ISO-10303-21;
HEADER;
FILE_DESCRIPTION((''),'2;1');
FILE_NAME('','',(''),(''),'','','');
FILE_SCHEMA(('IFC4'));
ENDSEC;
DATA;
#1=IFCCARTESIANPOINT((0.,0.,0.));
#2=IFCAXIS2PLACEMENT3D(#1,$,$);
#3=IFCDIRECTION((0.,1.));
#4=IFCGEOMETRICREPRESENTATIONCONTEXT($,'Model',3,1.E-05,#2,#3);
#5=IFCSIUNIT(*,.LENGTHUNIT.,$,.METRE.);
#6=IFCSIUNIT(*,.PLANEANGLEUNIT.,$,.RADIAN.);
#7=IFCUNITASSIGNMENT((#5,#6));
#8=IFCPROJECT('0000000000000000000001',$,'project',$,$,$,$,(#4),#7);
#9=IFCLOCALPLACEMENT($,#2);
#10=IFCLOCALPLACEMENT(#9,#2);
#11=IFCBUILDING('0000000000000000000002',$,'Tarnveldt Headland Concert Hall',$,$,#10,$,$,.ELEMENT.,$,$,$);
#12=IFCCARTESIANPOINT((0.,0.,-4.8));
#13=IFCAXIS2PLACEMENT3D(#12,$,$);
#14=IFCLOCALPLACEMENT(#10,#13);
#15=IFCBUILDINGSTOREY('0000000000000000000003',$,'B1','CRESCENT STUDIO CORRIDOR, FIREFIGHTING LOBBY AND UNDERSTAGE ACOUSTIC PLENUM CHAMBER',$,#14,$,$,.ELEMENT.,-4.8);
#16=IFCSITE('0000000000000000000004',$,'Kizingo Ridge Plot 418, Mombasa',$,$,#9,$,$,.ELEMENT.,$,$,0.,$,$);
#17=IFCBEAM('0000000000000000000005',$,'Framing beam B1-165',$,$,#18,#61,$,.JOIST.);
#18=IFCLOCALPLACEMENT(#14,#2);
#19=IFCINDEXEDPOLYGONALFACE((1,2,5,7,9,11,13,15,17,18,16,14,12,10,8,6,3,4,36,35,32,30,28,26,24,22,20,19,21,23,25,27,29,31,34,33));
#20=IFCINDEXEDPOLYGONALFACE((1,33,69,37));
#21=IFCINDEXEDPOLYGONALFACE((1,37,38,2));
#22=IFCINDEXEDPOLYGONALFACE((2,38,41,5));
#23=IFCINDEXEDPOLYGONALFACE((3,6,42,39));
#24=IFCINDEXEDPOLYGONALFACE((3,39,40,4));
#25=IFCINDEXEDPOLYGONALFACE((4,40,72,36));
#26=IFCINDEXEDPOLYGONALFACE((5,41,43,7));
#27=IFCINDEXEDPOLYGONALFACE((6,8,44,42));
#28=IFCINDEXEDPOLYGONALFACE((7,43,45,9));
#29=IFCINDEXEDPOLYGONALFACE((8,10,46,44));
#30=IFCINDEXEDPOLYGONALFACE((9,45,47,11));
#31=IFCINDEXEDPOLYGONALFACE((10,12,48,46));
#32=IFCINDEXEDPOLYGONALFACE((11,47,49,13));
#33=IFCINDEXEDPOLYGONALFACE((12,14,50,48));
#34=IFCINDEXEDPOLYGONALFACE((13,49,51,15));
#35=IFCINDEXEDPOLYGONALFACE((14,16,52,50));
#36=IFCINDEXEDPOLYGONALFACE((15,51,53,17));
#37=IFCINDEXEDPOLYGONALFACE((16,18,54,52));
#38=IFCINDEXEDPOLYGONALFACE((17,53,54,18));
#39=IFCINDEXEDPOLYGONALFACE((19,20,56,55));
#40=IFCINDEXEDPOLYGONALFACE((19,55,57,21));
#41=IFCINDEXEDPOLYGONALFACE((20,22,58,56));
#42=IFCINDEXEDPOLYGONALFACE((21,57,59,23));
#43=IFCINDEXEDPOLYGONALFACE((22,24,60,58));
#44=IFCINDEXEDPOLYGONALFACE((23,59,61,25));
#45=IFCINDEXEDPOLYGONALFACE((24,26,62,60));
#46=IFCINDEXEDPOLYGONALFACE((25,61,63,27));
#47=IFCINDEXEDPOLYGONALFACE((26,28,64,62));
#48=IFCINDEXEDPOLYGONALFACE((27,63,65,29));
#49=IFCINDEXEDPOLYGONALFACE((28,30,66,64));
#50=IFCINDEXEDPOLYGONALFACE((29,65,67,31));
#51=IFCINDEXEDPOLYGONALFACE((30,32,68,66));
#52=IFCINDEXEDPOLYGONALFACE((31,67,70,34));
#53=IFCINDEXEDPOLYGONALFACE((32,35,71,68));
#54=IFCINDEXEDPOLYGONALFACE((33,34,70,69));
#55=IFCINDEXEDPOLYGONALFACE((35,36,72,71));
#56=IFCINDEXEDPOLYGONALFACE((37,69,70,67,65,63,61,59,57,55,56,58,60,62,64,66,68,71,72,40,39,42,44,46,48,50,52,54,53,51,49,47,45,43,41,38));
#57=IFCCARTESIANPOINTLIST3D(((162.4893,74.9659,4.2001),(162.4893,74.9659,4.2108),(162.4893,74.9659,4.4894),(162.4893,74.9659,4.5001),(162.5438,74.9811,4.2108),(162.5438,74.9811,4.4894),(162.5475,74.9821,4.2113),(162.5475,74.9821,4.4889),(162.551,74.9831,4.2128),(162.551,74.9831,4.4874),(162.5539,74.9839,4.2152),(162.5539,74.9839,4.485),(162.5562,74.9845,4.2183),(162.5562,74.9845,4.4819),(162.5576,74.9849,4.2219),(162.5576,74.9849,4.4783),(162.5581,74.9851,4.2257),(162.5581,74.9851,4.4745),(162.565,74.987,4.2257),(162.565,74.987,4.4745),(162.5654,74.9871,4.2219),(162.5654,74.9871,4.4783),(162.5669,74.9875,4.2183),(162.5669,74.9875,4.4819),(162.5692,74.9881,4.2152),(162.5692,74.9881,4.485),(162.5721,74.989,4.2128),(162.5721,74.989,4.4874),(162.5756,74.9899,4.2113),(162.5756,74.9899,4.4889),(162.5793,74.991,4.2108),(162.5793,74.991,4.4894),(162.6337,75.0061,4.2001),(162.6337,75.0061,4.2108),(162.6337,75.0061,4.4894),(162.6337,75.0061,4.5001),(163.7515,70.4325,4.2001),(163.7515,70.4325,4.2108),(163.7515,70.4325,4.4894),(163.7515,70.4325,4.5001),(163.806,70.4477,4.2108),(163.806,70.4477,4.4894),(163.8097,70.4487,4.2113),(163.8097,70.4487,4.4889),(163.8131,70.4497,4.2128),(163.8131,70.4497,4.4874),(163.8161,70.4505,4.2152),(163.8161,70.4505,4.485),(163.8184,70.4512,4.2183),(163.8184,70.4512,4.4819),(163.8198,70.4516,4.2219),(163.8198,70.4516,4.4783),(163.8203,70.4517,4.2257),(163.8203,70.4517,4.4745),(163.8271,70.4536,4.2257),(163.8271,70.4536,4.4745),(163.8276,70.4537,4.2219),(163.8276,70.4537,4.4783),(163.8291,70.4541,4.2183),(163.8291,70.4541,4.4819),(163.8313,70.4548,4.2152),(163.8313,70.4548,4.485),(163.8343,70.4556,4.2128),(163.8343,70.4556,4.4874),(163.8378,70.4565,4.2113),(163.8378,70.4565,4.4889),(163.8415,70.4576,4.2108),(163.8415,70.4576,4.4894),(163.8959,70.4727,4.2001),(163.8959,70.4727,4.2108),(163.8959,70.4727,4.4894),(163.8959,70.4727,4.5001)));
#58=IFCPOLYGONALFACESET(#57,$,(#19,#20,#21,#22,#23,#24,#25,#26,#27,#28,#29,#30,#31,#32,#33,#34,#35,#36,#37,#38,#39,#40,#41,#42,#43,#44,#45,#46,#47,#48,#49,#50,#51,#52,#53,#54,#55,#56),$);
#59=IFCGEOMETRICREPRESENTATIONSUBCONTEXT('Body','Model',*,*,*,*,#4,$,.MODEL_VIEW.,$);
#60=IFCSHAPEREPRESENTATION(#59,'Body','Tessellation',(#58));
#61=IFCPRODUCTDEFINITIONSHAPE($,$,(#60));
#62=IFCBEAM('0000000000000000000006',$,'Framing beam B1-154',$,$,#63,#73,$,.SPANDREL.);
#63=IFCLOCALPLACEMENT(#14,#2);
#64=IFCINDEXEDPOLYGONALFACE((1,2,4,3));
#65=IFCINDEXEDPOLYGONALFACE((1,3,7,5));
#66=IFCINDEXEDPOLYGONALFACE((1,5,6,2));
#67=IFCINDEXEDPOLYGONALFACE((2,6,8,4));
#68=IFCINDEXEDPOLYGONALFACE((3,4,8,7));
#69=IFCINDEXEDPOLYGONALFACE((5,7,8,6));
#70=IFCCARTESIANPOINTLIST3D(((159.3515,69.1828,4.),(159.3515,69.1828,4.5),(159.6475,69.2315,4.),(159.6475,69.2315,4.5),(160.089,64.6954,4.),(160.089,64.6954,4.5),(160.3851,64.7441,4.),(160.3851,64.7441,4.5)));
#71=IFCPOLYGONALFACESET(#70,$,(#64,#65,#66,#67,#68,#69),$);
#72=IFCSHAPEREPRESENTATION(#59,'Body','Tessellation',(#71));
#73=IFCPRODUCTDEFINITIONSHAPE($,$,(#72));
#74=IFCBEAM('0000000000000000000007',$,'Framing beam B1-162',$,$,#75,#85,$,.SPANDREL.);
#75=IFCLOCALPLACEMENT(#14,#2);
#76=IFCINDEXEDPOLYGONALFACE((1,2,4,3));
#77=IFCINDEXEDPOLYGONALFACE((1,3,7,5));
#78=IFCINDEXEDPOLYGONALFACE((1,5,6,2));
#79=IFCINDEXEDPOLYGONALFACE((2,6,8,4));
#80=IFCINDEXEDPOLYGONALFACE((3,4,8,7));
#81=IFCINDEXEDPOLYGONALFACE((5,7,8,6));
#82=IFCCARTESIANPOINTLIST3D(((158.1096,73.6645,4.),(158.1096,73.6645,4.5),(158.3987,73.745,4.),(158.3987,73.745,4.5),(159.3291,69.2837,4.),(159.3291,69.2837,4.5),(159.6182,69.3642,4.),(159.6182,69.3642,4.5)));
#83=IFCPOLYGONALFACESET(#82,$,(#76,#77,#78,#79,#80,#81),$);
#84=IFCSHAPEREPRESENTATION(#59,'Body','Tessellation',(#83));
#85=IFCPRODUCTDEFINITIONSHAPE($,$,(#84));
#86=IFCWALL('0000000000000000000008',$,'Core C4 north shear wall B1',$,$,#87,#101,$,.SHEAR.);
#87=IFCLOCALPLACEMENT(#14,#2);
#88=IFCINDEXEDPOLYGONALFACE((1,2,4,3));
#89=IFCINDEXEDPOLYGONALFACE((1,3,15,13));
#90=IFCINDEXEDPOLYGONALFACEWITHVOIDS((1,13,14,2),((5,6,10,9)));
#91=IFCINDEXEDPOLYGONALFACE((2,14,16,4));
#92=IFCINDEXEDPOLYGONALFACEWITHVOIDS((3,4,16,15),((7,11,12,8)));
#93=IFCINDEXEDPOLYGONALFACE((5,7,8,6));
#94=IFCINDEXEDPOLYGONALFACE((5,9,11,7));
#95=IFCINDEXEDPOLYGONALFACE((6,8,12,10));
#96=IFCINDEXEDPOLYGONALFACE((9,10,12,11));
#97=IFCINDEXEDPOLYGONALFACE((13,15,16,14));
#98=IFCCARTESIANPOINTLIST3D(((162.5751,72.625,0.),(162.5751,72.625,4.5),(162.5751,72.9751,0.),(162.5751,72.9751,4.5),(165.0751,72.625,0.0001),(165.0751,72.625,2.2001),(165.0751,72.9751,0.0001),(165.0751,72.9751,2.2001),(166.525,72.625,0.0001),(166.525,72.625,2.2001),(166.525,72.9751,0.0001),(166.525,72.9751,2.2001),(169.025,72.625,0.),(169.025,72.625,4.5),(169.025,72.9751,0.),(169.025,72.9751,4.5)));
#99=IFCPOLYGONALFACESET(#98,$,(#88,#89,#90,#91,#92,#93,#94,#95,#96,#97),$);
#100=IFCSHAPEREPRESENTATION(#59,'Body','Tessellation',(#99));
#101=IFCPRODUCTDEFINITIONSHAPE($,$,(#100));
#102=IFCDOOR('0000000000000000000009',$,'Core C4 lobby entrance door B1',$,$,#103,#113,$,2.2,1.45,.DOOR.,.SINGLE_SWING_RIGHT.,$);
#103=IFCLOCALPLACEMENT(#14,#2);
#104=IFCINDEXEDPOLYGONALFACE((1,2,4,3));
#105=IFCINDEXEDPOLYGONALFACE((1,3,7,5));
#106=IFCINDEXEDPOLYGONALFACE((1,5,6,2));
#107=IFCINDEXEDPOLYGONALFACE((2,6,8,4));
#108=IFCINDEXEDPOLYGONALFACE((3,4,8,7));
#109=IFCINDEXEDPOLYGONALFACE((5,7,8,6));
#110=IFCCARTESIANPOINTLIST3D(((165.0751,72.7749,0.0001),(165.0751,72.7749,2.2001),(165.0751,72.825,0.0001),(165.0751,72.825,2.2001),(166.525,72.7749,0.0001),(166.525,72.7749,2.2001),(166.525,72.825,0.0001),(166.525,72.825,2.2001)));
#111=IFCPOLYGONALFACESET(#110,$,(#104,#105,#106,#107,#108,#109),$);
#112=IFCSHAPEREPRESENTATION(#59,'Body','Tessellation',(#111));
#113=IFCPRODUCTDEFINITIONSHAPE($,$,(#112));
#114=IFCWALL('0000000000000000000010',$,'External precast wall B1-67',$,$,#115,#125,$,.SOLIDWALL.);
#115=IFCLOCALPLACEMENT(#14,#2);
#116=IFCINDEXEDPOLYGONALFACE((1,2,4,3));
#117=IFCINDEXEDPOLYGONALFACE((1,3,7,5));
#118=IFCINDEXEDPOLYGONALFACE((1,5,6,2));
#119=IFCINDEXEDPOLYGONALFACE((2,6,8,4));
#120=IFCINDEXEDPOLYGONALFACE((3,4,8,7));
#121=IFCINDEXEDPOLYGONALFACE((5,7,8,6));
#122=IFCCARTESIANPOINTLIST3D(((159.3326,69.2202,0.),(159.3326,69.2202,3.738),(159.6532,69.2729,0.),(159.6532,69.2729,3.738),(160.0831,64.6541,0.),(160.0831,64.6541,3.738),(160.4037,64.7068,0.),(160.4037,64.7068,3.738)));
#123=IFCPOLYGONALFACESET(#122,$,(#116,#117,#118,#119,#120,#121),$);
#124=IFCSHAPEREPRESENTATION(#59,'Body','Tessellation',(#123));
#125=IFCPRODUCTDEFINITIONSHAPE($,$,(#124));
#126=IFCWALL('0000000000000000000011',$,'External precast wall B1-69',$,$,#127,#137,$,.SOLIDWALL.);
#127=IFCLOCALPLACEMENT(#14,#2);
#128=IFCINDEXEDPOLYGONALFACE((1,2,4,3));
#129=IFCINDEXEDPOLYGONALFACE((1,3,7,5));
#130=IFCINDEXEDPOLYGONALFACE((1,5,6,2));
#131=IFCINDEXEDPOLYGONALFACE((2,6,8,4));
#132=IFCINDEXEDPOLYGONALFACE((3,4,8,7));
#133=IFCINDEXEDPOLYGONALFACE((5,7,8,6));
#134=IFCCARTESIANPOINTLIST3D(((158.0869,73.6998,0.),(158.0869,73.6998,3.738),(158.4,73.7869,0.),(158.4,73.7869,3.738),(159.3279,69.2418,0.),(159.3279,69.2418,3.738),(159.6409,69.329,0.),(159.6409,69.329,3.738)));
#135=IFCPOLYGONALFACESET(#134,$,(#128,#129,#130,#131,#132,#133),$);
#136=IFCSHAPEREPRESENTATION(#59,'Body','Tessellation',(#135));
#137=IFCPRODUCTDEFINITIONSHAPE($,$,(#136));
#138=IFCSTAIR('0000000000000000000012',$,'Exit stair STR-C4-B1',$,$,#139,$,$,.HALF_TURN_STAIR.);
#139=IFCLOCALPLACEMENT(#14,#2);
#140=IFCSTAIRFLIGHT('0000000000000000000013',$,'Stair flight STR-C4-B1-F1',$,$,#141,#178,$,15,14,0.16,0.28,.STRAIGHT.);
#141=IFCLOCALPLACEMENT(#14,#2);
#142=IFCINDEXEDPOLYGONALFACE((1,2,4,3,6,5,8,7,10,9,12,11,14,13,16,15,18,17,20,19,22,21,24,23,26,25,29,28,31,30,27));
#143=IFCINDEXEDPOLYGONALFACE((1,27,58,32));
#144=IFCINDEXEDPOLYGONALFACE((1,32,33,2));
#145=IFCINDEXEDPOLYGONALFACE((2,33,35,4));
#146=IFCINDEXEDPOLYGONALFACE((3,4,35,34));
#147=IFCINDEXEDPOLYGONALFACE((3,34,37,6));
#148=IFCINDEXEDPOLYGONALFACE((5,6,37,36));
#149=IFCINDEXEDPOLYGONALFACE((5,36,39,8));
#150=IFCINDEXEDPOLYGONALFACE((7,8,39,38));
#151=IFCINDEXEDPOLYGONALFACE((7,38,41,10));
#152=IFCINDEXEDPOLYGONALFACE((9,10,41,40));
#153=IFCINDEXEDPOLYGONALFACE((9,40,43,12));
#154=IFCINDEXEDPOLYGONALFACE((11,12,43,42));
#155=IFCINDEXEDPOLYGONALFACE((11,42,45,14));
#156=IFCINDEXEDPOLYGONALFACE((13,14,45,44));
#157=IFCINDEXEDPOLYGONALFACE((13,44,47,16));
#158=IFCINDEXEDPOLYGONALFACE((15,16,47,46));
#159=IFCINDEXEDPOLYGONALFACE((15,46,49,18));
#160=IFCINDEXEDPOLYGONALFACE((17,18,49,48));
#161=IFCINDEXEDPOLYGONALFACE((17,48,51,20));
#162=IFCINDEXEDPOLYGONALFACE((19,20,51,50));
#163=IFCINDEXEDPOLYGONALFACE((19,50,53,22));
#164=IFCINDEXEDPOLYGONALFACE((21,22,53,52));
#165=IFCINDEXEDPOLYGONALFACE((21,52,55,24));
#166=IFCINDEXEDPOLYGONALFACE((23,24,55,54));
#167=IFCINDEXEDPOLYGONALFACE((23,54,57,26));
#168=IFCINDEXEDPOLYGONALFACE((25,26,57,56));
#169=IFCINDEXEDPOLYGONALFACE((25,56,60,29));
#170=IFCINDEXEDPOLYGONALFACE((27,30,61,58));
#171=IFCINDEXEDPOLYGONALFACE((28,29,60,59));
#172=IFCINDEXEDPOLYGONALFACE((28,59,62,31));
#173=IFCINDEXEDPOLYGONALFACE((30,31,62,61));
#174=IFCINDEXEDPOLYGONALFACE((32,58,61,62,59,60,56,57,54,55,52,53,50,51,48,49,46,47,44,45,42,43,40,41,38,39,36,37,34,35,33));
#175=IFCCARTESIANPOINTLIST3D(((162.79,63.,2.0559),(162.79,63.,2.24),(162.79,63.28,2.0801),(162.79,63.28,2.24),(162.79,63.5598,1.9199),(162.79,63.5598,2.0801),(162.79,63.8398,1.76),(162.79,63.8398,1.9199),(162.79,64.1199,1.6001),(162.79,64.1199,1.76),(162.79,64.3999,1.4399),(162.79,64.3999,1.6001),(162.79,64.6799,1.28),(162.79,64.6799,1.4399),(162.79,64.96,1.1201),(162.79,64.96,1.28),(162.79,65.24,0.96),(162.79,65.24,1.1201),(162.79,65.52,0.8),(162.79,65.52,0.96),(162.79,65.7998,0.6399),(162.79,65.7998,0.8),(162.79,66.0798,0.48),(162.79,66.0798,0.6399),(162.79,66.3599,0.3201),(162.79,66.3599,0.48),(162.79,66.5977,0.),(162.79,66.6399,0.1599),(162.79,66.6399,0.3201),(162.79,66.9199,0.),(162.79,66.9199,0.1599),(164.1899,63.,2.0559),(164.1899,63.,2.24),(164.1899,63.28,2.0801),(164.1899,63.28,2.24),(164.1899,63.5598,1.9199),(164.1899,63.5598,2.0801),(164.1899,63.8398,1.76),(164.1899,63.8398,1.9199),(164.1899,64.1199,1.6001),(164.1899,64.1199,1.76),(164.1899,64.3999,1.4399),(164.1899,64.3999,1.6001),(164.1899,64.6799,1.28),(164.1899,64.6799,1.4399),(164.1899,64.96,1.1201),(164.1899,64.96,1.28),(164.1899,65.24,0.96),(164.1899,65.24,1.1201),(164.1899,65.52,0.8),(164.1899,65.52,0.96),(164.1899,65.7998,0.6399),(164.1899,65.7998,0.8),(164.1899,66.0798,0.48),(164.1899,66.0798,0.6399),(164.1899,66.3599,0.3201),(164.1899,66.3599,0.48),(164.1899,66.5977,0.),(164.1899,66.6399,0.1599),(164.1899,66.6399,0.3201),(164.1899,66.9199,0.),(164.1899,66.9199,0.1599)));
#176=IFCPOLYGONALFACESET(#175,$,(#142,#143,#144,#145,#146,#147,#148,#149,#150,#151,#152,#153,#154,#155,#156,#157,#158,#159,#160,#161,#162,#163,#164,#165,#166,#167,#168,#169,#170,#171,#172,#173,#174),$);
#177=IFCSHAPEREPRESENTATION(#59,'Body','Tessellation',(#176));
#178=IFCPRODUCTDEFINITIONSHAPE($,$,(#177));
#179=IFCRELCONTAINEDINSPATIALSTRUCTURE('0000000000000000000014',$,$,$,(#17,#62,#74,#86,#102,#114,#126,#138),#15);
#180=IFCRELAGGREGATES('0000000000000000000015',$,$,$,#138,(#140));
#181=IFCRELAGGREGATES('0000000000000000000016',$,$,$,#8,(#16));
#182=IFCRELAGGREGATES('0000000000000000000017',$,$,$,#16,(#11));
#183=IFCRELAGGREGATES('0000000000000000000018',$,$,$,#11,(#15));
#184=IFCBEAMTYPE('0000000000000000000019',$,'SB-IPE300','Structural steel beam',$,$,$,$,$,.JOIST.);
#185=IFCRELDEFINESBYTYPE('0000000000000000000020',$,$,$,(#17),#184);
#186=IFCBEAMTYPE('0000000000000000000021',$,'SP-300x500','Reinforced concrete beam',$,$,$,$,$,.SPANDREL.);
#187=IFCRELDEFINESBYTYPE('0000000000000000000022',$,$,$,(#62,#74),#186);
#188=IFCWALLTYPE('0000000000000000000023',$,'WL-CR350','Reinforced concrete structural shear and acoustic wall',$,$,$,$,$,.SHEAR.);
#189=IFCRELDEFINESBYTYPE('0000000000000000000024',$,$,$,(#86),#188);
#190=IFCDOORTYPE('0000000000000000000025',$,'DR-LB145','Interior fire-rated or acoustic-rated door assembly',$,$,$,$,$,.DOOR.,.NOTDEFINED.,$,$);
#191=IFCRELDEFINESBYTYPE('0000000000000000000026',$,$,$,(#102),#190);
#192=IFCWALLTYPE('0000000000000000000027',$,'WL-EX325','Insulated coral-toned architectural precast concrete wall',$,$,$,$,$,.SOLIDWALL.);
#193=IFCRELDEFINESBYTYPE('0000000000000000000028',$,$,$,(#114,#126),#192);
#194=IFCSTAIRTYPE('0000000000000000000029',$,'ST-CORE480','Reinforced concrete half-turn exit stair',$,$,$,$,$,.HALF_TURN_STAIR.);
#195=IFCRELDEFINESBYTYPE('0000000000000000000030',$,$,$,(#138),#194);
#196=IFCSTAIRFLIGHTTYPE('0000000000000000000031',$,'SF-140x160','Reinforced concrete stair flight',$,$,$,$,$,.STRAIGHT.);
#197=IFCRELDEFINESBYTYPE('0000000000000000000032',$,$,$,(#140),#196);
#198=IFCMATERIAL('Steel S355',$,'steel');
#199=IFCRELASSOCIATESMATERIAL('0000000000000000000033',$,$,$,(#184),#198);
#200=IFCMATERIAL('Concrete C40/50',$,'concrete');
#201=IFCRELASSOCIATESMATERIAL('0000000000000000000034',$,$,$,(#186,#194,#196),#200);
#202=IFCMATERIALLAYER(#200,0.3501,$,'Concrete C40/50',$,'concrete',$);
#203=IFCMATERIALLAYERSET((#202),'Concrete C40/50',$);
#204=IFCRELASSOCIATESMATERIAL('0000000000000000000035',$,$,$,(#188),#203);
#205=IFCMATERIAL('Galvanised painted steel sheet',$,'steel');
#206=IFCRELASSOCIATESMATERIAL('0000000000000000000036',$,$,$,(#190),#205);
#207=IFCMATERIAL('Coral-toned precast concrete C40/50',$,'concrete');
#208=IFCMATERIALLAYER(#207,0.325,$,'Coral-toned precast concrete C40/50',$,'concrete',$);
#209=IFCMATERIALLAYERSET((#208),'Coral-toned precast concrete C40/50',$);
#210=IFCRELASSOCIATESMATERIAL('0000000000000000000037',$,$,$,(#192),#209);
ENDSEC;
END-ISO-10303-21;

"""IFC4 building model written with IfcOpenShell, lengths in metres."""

from ifc_helpers import new_model, si_unit, direction, frame, frame_2d, origin, origin_2d, place, context, subcontext, project, spatial, polyline, rectangle, i_section, outline, extrude, material, layer, layer_set, material_profile, profile_set, type_object, element, fill, aggregate, save


model = new_model("IFC4")

# Units and contexts
model_context = context("Model", 3, precision=1e-05, world=origin(), true_north=direction((0.0, 1.0)))
body_context = subcontext(model_context, "Body", "Model", "MODEL_VIEW")
ifc_project = project(units=[si_unit("LENGTHUNIT", "METRE"), si_unit("PLANEANGLEUNIT", "RADIAN")], contexts=[model_context])

# Site, building, storey
site_placement = place(None, origin())
site = spatial("IfcSite", under=ifc_project, at=site_placement, Name="Kizingo Ridge Plot 418, Mombasa", CompositionType="ELEMENT", RefElevation=0.0)
building_placement = place(site_placement, origin())
building = spatial("IfcBuilding", under=site, at=building_placement, Name="Tarnveldt Headland Concert Hall", CompositionType="ELEMENT")
storey_placement = place(building_placement, frame((0.0, 0.0, -4.8)))
storey = spatial("IfcBuildingStorey", under=building, at=storey_placement, Name="B1", Description="CRESCENT STUDIO CORRIDOR, FIREFIGHTING LOBBY AND UNDERSTAGE ACOUSTIC PLENUM CHAMBER", CompositionType="ELEMENT", Elevation=-4.8)

# Shared definitions
ifc_material_1 = material(Name="Concrete C40/50", Category="concrete")

# Beams
ifc_material_2 = material(Name="Steel S355", Category="steel")
ifc_material_profile_1 = material_profile(ifc_material_2, i_section(OverallWidth=0.1499, OverallDepth=0.3, WebThickness=0.0071, FlangeThickness=0.0107, FilletRadius=0.0149, at=origin_2d()), Name="IPE300", Category="steel")
ifc_profile_set_1 = profile_set([ifc_material_profile_1], Name="Steel S355")
beam_type_1 = type_object("IfcBeamType", Name="SB-IPE300", Description="Structural steel beam", PredefinedType="JOIST", material=ifc_profile_set_1)
beam_1_placement = place(storey_placement, frame((163.8237, 70.4526, 4.3501), z_axis=(-0.268219, 0.963358, 0.0), x_axis=(-0.963358, -0.268219, 0.0)))
element("IfcBeam", 1, at=beam_1_placement, inside=storey, type_object=beam_type_1, Name="Framing beam B1-165", PredefinedType="JOIST", context=body_context, shape_type="SweptSolid", body=[
    extrude(i_section(OverallWidth=0.1499, OverallDepth=0.3, WebThickness=0.0071, FlangeThickness=0.0107, FilletRadius=0.0149, at=origin_2d()), origin(), (0.0, 0.0, 1.0), 4.7058),
])
ifc_material_profile_2 = material_profile(ifc_material_1, rectangle(XDim=0.3, YDim=0.5, at=origin_2d()), Name="RC SPANDREL 300x500", Category="concrete")
ifc_profile_set_2 = profile_set([ifc_material_profile_2], Name="Concrete C40/50")
beam_type_2 = type_object("IfcBeamType", Name="SP-300x500", Description="Reinforced concrete beam", PredefinedType="SPANDREL", material=ifc_profile_set_2)
beam_2_placement = place(storey_placement, frame((160.2371, 64.7197, 4.25), z_axis=(-0.162187, 0.98676, 0.0), x_axis=(-0.98676, -0.162187, 0.0)))
element("IfcBeam", 2, at=beam_2_placement, inside=storey, type_object=beam_type_2, Name="Framing beam B1-154", PredefinedType="SPANDREL", context=body_context, shape_type="SweptSolid", body=[
    extrude(rectangle(XDim=0.3, YDim=0.5, at=origin_2d()), origin(), (0.0, 0.0, 1.0), 4.5476),
])
beam_3_placement = place(storey_placement, frame((159.4736, 69.324, 4.25), z_axis=(-0.26817, 0.963372, 0.0), x_axis=(-0.963372, -0.26817, 0.0)))
element("IfcBeam", 3, at=beam_3_placement, inside=storey, type_object=beam_type_2, Name="Framing beam B1-162", PredefinedType="SPANDREL", context=body_context, shape_type="SweptSolid", body=[
    extrude(rectangle(XDim=0.3, YDim=0.5, at=origin_2d()), origin(), (0.0, 0.0, 1.0), 4.5474),
])

# Wall, opening, door
ifc_layer_1 = layer(ifc_material_1, 0.3501, Name="Concrete C40/50", Category="concrete")
ifc_layer_set_1 = layer_set([ifc_layer_1], Name="Concrete C40/50")
wall_type_1 = type_object("IfcWallType", Name="WL-CR350", Description="Reinforced concrete structural shear and acoustic wall", PredefinedType="SHEAR", material=ifc_layer_set_1)
wall_1_placement = place(storey_placement, frame((162.575, 72.8, 0.0), z_axis=(0.0, 0.0, 1.0), x_axis=(1.0, 0.0, 0.0)))
wall_1 = element("IfcWall", 4, at=wall_1_placement, inside=storey, type_object=wall_type_1, Name="Core C4 north shear wall B1", PredefinedType="SHEAR", context=body_context, shape_type="SweptSolid", body=[
    extrude(rectangle(XDim=6.45, YDim=0.3501, at=frame_2d((3.2251, 0.0))), origin(), (0.0, 0.0, 1.0), 4.5),
])
opening_1_placement = place(wall_1_placement, frame((2.5, 0.0, 0.0)))
opening_1 = element("IfcOpeningElement", 5, at=opening_1_placement, cuts=wall_1, PredefinedType="OPENING", context=body_context, shape_type="SweptSolid", body=[
    extrude(rectangle(XDim=1.45, YDim=2.2, at=frame_2d((0.7251, 1.1001))), frame((0.0, 0.1851, 0.0), z_axis=(0.0, -1.0, 0.0), x_axis=(1.0, 0.0, 0.0)), (0.0, 0.0, 1.0), 0.3701),
])
ifc_material_3 = material(Name="Galvanised painted steel sheet", Category="steel")
door_type_1 = type_object("IfcDoorType", Name="DR-LB145", Description="Interior fire-rated or acoustic-rated door assembly", OperationType="NOTDEFINED", PredefinedType="DOOR", material=ifc_material_3)
door_1_placement = place(opening_1_placement, origin())
door_1 = element("IfcDoor", 6, at=door_1_placement, inside=storey, type_object=door_type_1, Name="Core C4 lobby entrance door B1", OperationType="SINGLE_SWING_RIGHT", OverallHeight=2.2, OverallWidth=1.45, PredefinedType="DOOR", context=body_context, shape_type="SweptSolid", body=[
    extrude(rectangle(XDim=1.45, YDim=2.2, at=frame_2d((0.7251, 1.1001))), frame((0.0, 0.0249, 0.0), z_axis=(0.0, -1.0, 0.0), x_axis=(1.0, 0.0, 0.0)), (0.0, 0.0, 1.0), 0.05),
])
fill(opening_1, door_1)

# Walls
ifc_material_4 = material(Name="Coral-toned precast concrete C40/50", Category="concrete")
ifc_layer_2 = layer(ifc_material_4, 0.325, Name="Coral-toned precast concrete C40/50", Category="concrete")
ifc_layer_set_2 = layer_set([ifc_layer_2], Name="Coral-toned precast concrete C40/50")
wall_type_2 = type_object("IfcWallType", Name="WL-EX325", Description="Insulated coral-toned architectural precast concrete wall", PredefinedType="SOLIDWALL", material=ifc_layer_set_2)
for number, where, z_axis, x_axis, name in (
    (7, (160.2434, 64.6804, 0.0), (0.0, 0.0, 1.0), (-0.162183, 0.986761, 0.0), "External precast wall B1-67"),
    (8, (159.4844, 69.2854, 0.0), (0.0, 0.0, 1.0), (-0.268172, 0.963371, 0.0), "External precast wall B1-69"),
):
    element("IfcWall", number, at=place(storey_placement, frame(where, z_axis=z_axis, x_axis=x_axis)), inside=storey, type_object=wall_type_2, Name=name, PredefinedType="SOLIDWALL", context=body_context, shape_type="SweptSolid", body=[
        extrude(rectangle(XDim=4.6274, YDim=0.325, at=frame_2d((2.3137, 0.0))), origin(), (0.0, 0.0, 1.0), 3.738),
    ])

# Stair, stair flight
stair_type = type_object("IfcStairType", Name="ST-CORE480", Description="Reinforced concrete half-turn exit stair", PredefinedType="HALF_TURN_STAIR", material=ifc_material_1)
stair_placement = place(storey_placement, origin())
stair = element("IfcStair", 9, at=stair_placement, inside=storey, type_object=stair_type, Name="Exit stair STR-C4-B1", PredefinedType="HALF_TURN_STAIR")
stair_flight_type = type_object("IfcStairFlightType", Name="SF-140x160", Description="Reinforced concrete stair flight", PredefinedType="STRAIGHT", material=ifc_material_1)
stair_flight_placement = place(storey_placement, frame((163.49, 66.9199, 0.0), z_axis=(0.0, 0.0, 1.0), x_axis=(0.0, -1.0, 0.0)))
stair_flight = element("IfcStairFlight", 10, at=stair_flight_placement, type_object=stair_flight_type, Name="Stair flight STR-C4-B1-F1", NumberOfRisers=15, NumberOfTreads=14, PredefinedType="STRAIGHT", RiserHeight=0.16, TreadLength=0.28, context=body_context, shape_type="SweptSolid", body=[
    extrude(outline(polyline([(0.0, 0.0), (0.0, 0.1599), (0.28, 0.1599), (0.28, 0.3201), (0.5601, 0.3201), (0.5601, 0.48), (0.8401, 0.48), (0.8401, 0.6399), (1.1201, 0.6399), (1.1201, 0.8), (1.3999, 0.8), (1.3999, 0.96), (1.6799, 0.96), (1.6799, 1.1201), (1.96, 1.1201), (1.96, 1.28), (2.24, 1.28), (2.24, 1.4399), (2.52, 1.4399), (2.52, 1.6001), (2.8, 1.6001), (2.8, 1.76), (3.0801, 1.76), (3.0801, 1.9199), (3.3601, 1.9199), (3.3601, 2.0801), (3.6399, 2.0801), (3.6399, 2.24), (3.9199, 2.24), (3.9199, 2.3999), (3.9199, 2.0559), (0.3223, 0.0), (0.0, 0.0)])), frame((0.0, 0.7, 0.0), z_axis=(0.0, -1.0, 0.0), x_axis=(1.0, 0.0, 0.0)), (0.0, 0.0, 1.0), 1.3999),
])
aggregate(stair, [stair_flight])

save(model, "model.ifc")
